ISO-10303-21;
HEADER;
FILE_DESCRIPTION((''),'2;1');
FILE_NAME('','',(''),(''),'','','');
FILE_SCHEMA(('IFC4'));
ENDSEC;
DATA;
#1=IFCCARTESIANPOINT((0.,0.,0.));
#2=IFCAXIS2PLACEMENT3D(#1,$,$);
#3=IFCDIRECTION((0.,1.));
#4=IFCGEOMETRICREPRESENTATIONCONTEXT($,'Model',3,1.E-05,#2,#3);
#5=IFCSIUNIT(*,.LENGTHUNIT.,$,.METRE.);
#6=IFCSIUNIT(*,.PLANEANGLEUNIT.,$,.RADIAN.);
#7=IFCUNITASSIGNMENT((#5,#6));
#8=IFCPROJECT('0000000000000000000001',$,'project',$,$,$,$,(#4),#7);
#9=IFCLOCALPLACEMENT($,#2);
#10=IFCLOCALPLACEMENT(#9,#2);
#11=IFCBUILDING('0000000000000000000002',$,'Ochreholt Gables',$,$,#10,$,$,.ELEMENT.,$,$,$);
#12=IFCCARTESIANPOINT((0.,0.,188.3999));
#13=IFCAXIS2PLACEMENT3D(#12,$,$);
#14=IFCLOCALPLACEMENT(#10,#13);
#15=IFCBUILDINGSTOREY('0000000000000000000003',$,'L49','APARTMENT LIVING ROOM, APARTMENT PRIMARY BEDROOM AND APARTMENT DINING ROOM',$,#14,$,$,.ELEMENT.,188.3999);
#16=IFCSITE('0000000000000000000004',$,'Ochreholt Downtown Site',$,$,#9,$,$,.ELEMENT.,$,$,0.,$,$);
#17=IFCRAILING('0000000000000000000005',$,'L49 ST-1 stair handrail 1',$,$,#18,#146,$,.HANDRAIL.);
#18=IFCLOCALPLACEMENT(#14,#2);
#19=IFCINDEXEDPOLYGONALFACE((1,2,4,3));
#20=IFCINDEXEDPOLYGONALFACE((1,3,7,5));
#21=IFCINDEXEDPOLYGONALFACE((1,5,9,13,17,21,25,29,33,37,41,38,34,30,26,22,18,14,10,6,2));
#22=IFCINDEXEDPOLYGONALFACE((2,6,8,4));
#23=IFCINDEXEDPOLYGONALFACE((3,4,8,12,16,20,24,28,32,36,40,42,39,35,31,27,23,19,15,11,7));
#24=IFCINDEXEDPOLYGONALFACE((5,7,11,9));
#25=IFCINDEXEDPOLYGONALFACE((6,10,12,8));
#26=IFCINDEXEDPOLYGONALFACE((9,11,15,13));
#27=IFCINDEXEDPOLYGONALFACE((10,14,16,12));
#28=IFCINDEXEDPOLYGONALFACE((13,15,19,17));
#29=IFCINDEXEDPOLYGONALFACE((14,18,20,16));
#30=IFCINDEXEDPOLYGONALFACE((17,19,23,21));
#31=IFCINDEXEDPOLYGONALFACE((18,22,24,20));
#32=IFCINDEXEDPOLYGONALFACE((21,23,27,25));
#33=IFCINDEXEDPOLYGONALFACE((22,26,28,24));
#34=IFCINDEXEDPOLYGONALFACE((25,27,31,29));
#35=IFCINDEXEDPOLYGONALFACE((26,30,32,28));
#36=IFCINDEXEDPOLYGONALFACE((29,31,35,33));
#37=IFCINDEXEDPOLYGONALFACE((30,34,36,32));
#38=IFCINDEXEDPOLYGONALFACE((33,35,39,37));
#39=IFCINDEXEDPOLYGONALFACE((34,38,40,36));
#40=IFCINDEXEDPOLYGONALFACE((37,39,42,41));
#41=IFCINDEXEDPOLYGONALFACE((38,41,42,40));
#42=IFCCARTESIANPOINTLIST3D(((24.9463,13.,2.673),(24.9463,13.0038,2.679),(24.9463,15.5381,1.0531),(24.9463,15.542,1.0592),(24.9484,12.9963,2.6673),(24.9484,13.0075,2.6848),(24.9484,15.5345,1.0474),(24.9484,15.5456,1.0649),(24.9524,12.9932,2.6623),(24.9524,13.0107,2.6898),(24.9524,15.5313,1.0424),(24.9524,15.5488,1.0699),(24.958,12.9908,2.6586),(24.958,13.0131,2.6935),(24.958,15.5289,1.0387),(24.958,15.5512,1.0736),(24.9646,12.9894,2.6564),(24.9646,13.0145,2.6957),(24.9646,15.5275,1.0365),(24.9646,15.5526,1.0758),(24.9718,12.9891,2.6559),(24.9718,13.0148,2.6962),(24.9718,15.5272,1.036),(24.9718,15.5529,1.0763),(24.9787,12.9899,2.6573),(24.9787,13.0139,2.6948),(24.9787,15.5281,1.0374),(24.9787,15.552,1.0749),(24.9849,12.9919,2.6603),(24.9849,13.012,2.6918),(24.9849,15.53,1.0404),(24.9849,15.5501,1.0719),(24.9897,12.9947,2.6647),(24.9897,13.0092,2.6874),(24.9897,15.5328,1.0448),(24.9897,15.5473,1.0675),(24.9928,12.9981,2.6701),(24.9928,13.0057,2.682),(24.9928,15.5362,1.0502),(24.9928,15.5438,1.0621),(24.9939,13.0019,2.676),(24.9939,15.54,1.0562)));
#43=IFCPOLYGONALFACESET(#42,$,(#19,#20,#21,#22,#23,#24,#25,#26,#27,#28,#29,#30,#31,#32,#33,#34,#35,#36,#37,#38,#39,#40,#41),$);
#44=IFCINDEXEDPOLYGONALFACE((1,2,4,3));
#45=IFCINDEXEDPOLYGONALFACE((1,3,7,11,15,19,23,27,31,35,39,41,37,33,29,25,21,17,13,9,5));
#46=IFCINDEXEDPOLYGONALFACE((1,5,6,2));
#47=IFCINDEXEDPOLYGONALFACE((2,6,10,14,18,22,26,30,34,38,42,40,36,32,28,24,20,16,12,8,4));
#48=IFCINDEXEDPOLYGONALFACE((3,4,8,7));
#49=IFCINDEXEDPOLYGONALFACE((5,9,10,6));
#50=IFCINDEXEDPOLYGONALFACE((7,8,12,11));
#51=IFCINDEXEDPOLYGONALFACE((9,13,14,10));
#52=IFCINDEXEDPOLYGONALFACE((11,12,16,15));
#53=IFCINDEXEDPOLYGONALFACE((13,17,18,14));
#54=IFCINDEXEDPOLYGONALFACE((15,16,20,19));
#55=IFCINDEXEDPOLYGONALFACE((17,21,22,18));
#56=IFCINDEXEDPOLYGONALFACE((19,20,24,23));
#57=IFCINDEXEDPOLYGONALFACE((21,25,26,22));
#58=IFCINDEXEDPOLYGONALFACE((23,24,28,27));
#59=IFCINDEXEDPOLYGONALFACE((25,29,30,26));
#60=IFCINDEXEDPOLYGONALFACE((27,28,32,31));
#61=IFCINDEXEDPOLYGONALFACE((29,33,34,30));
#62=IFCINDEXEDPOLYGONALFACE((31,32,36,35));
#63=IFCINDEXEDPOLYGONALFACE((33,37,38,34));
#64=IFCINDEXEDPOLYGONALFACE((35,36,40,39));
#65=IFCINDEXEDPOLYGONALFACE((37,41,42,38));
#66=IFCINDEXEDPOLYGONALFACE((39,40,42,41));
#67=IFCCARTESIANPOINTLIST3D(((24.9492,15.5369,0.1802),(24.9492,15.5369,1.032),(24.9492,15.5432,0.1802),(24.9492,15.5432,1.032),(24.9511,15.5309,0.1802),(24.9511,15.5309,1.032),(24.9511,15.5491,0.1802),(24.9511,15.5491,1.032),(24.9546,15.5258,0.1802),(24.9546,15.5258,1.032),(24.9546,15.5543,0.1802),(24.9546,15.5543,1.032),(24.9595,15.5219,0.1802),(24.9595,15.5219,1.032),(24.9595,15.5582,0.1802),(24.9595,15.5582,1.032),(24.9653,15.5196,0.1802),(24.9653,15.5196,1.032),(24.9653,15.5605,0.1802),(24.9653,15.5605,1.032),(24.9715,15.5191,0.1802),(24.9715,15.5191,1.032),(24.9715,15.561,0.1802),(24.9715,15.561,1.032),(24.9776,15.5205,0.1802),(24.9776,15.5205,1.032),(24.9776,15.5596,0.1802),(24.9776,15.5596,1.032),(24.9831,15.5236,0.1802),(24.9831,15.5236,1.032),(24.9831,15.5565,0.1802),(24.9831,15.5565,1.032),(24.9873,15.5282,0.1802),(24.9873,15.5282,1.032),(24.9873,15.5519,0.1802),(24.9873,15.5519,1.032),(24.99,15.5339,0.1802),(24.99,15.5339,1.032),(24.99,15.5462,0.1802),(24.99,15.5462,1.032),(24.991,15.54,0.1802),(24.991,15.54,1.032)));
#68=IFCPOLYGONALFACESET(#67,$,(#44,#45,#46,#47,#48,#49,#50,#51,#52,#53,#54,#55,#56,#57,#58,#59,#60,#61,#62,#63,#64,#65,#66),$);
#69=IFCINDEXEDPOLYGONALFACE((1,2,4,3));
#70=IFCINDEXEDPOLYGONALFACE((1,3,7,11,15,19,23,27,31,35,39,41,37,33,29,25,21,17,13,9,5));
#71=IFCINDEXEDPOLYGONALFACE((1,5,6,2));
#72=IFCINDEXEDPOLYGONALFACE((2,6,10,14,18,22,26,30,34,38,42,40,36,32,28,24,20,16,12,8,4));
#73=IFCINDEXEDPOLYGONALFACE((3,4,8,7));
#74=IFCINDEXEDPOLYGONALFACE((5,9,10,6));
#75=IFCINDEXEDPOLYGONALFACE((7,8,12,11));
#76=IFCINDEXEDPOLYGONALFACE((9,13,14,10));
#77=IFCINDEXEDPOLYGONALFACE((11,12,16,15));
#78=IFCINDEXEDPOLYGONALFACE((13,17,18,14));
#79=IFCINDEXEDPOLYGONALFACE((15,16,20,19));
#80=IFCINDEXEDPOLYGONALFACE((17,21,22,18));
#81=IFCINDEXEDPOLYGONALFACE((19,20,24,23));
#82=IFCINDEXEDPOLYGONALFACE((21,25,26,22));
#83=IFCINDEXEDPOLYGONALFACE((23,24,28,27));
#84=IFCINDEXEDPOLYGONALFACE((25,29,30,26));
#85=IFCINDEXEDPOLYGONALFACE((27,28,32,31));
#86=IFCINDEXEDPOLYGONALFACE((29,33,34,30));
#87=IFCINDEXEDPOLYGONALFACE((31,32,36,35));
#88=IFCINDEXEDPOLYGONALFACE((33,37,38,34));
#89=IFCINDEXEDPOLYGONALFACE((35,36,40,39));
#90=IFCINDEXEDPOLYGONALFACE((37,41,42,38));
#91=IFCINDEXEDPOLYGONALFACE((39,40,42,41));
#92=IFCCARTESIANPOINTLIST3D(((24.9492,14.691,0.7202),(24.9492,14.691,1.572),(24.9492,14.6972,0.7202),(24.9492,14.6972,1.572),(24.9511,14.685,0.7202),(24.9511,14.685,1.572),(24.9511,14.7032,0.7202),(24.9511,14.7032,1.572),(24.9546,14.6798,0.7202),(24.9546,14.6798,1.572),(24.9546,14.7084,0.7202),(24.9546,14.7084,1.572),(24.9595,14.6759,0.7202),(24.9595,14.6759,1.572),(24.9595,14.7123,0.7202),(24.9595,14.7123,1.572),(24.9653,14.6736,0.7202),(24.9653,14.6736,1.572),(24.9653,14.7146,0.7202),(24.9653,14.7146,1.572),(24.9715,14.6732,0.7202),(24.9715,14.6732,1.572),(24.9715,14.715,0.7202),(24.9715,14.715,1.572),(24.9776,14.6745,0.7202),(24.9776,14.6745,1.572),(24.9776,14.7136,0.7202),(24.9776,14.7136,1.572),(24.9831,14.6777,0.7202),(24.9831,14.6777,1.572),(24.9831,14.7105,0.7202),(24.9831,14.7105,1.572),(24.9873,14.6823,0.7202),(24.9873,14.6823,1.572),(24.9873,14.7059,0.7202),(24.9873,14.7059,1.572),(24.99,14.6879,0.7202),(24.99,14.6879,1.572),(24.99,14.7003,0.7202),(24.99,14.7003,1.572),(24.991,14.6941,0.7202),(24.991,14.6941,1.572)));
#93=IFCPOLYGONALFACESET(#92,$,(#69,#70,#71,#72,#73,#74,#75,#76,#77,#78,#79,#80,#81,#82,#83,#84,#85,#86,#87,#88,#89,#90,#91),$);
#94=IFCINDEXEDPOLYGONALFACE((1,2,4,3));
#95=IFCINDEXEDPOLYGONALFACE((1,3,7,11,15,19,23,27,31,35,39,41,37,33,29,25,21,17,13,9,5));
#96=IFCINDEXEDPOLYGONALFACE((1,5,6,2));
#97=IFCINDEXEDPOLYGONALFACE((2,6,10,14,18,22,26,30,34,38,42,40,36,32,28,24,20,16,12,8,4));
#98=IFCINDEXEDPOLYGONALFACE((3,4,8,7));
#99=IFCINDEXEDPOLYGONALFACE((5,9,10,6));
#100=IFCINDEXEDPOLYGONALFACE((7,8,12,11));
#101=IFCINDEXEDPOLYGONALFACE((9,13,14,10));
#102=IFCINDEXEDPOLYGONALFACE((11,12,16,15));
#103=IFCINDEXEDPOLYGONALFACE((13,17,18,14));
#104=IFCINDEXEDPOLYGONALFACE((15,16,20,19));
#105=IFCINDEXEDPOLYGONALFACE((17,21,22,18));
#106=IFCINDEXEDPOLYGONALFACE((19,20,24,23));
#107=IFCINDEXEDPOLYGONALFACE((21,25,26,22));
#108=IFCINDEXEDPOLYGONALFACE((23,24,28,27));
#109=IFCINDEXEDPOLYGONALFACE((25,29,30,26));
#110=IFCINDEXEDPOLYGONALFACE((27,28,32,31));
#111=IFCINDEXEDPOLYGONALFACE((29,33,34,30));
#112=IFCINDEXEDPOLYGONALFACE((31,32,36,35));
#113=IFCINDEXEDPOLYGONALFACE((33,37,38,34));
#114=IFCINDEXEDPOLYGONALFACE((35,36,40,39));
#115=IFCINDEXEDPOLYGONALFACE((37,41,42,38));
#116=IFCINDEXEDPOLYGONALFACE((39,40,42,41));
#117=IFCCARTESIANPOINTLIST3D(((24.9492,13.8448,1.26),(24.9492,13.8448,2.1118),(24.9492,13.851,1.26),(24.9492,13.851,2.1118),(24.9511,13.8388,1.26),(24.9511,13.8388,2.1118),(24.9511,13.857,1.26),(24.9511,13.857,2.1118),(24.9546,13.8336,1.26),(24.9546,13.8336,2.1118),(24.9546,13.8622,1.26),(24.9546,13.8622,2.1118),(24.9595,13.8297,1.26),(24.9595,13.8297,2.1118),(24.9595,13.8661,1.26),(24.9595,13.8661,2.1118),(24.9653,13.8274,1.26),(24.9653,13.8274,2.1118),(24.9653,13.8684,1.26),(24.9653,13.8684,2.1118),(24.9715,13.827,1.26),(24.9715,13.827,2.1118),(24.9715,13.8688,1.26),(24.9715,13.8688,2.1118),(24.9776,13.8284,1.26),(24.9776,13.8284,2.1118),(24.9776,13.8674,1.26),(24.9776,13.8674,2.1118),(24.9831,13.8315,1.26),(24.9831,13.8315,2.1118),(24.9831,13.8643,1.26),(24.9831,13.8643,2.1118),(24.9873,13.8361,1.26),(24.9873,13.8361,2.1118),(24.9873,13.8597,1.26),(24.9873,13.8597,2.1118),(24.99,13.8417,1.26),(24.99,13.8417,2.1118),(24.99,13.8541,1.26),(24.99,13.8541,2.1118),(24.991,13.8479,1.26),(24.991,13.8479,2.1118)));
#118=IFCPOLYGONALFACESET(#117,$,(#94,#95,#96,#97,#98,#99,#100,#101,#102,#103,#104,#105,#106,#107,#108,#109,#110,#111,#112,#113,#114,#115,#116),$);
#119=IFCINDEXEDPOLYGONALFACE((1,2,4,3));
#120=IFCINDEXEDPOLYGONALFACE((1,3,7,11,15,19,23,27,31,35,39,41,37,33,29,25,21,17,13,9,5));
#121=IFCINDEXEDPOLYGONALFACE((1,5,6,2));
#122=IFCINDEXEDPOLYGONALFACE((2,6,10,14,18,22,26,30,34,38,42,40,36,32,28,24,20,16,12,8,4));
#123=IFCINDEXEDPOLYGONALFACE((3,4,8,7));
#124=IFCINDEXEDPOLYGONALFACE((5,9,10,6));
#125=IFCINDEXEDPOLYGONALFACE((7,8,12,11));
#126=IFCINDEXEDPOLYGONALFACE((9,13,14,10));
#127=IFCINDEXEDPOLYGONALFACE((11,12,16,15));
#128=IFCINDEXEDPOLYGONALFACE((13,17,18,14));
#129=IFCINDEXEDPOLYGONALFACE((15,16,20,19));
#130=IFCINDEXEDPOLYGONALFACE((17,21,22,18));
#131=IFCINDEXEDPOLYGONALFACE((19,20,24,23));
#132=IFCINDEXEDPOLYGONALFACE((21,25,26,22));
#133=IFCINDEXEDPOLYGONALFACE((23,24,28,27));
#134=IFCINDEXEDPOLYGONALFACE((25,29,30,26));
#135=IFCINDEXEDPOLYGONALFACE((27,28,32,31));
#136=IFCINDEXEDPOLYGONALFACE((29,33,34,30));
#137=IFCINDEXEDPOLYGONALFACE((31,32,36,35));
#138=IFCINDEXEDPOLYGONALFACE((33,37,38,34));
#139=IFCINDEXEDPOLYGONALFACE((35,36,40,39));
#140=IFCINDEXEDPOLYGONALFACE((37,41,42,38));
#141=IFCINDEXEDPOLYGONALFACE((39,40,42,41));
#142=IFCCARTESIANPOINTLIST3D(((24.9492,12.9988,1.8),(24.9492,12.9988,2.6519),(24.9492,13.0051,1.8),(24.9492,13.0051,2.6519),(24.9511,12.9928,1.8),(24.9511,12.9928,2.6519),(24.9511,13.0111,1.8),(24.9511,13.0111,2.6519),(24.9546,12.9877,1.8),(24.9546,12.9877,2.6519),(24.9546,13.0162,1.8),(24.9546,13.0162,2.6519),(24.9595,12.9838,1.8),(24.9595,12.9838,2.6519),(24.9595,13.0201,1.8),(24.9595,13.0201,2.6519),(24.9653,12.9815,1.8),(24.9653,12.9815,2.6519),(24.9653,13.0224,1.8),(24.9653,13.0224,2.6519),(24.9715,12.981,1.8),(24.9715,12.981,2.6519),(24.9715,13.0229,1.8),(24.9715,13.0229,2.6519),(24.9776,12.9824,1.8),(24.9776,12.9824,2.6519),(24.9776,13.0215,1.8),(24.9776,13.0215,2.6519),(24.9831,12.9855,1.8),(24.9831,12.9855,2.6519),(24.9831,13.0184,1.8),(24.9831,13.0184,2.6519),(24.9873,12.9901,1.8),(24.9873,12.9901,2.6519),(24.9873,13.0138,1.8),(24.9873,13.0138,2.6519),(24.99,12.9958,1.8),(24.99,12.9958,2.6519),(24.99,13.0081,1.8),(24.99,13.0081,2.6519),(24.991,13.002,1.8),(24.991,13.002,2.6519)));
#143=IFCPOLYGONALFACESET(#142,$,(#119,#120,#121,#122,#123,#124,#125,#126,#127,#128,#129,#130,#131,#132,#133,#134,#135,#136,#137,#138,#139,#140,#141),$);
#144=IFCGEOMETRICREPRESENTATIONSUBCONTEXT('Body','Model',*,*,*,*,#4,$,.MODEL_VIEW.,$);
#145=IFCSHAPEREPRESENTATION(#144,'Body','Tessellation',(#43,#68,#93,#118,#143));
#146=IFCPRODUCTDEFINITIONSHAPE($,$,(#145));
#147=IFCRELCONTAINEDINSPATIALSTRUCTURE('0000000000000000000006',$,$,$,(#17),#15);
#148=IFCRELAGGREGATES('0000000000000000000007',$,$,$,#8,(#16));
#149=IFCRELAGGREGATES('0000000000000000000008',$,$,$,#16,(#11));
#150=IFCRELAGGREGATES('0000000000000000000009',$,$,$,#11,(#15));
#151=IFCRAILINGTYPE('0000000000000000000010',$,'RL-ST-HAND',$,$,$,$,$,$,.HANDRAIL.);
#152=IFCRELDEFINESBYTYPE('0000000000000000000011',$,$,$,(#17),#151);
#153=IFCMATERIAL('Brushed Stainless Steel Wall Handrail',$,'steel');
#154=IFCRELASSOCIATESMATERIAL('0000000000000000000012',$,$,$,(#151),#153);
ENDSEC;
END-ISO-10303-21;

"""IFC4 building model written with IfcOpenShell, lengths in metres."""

from ifc_helpers import new_model, si_unit, direction, frame, origin, origin_2d, place, context, subcontext, project, spatial, circle, extrude, material, type_object, element, save


model = new_model("IFC4")

# Units and contexts
model_context = context("Model", 3, precision=1e-05, world=origin(), true_north=direction((0.0, 1.0)))
body_context = subcontext(model_context, "Body", "Model", "MODEL_VIEW")
ifc_project = project(units=[si_unit("LENGTHUNIT", "METRE"), si_unit("PLANEANGLEUNIT", "RADIAN")], contexts=[model_context])

# Site, building, storey
site_placement = place(None, origin())
site = spatial("IfcSite", under=ifc_project, at=site_placement, Name="Ochreholt Downtown Site", CompositionType="ELEMENT", RefElevation=0.0)
building_placement = place(site_placement, origin())
building = spatial("IfcBuilding", under=site, at=building_placement, Name="Ochreholt Gables", CompositionType="ELEMENT")
storey_placement = place(building_placement, frame((0.0, 0.0, 188.3999)))
storey = spatial("IfcBuildingStorey", under=building, at=storey_placement, Name="L49", Description="APARTMENT LIVING ROOM, APARTMENT PRIMARY BEDROOM AND APARTMENT DINING ROOM", CompositionType="ELEMENT", Elevation=188.3999)

# Railing
ifc_material_1 = material(Name="Brushed Stainless Steel Wall Handrail", Category="steel")
railing_type_1 = type_object("IfcRailingType", Name="RL-ST-HAND", PredefinedType="HANDRAIL", material=ifc_material_1)
railing_1_placement = place(storey_placement, frame((24.97, 15.54, 0.1802)))
element("IfcRailing", 1, at=railing_1_placement, inside=storey, type_object=railing_type_1, Name="L49 ST-1 stair handrail 1", PredefinedType="HANDRAIL", context=body_context, shape_type="SweptSolid", body=[
    extrude(circle(Radius=0.0239, at=origin_2d()), frame((0.0, 0.0, 0.876), z_axis=(0.0, -0.84295, 0.537993), x_axis=(1.0, 0.0, 0.0)), (0.0, 0.0, 1.0), 3.011),
    extrude(circle(Radius=0.021, at=origin_2d()), origin(), (0.0, 0.0, 1.0), 0.8518),
    extrude(circle(Radius=0.021, at=origin_2d()), frame((0.0, -0.8459, 0.54)), (0.0, 0.0, 1.0), 0.8518),
    extrude(circle(Radius=0.021, at=origin_2d()), frame((0.0, -1.6921, 1.0798)), (0.0, 0.0, 1.0), 0.8518),
    extrude(circle(Radius=0.021, at=origin_2d()), frame((0.0, -2.5381, 1.6199)), (0.0, 0.0, 1.0), 0.8518),
])

save(model, "model.ifc")
